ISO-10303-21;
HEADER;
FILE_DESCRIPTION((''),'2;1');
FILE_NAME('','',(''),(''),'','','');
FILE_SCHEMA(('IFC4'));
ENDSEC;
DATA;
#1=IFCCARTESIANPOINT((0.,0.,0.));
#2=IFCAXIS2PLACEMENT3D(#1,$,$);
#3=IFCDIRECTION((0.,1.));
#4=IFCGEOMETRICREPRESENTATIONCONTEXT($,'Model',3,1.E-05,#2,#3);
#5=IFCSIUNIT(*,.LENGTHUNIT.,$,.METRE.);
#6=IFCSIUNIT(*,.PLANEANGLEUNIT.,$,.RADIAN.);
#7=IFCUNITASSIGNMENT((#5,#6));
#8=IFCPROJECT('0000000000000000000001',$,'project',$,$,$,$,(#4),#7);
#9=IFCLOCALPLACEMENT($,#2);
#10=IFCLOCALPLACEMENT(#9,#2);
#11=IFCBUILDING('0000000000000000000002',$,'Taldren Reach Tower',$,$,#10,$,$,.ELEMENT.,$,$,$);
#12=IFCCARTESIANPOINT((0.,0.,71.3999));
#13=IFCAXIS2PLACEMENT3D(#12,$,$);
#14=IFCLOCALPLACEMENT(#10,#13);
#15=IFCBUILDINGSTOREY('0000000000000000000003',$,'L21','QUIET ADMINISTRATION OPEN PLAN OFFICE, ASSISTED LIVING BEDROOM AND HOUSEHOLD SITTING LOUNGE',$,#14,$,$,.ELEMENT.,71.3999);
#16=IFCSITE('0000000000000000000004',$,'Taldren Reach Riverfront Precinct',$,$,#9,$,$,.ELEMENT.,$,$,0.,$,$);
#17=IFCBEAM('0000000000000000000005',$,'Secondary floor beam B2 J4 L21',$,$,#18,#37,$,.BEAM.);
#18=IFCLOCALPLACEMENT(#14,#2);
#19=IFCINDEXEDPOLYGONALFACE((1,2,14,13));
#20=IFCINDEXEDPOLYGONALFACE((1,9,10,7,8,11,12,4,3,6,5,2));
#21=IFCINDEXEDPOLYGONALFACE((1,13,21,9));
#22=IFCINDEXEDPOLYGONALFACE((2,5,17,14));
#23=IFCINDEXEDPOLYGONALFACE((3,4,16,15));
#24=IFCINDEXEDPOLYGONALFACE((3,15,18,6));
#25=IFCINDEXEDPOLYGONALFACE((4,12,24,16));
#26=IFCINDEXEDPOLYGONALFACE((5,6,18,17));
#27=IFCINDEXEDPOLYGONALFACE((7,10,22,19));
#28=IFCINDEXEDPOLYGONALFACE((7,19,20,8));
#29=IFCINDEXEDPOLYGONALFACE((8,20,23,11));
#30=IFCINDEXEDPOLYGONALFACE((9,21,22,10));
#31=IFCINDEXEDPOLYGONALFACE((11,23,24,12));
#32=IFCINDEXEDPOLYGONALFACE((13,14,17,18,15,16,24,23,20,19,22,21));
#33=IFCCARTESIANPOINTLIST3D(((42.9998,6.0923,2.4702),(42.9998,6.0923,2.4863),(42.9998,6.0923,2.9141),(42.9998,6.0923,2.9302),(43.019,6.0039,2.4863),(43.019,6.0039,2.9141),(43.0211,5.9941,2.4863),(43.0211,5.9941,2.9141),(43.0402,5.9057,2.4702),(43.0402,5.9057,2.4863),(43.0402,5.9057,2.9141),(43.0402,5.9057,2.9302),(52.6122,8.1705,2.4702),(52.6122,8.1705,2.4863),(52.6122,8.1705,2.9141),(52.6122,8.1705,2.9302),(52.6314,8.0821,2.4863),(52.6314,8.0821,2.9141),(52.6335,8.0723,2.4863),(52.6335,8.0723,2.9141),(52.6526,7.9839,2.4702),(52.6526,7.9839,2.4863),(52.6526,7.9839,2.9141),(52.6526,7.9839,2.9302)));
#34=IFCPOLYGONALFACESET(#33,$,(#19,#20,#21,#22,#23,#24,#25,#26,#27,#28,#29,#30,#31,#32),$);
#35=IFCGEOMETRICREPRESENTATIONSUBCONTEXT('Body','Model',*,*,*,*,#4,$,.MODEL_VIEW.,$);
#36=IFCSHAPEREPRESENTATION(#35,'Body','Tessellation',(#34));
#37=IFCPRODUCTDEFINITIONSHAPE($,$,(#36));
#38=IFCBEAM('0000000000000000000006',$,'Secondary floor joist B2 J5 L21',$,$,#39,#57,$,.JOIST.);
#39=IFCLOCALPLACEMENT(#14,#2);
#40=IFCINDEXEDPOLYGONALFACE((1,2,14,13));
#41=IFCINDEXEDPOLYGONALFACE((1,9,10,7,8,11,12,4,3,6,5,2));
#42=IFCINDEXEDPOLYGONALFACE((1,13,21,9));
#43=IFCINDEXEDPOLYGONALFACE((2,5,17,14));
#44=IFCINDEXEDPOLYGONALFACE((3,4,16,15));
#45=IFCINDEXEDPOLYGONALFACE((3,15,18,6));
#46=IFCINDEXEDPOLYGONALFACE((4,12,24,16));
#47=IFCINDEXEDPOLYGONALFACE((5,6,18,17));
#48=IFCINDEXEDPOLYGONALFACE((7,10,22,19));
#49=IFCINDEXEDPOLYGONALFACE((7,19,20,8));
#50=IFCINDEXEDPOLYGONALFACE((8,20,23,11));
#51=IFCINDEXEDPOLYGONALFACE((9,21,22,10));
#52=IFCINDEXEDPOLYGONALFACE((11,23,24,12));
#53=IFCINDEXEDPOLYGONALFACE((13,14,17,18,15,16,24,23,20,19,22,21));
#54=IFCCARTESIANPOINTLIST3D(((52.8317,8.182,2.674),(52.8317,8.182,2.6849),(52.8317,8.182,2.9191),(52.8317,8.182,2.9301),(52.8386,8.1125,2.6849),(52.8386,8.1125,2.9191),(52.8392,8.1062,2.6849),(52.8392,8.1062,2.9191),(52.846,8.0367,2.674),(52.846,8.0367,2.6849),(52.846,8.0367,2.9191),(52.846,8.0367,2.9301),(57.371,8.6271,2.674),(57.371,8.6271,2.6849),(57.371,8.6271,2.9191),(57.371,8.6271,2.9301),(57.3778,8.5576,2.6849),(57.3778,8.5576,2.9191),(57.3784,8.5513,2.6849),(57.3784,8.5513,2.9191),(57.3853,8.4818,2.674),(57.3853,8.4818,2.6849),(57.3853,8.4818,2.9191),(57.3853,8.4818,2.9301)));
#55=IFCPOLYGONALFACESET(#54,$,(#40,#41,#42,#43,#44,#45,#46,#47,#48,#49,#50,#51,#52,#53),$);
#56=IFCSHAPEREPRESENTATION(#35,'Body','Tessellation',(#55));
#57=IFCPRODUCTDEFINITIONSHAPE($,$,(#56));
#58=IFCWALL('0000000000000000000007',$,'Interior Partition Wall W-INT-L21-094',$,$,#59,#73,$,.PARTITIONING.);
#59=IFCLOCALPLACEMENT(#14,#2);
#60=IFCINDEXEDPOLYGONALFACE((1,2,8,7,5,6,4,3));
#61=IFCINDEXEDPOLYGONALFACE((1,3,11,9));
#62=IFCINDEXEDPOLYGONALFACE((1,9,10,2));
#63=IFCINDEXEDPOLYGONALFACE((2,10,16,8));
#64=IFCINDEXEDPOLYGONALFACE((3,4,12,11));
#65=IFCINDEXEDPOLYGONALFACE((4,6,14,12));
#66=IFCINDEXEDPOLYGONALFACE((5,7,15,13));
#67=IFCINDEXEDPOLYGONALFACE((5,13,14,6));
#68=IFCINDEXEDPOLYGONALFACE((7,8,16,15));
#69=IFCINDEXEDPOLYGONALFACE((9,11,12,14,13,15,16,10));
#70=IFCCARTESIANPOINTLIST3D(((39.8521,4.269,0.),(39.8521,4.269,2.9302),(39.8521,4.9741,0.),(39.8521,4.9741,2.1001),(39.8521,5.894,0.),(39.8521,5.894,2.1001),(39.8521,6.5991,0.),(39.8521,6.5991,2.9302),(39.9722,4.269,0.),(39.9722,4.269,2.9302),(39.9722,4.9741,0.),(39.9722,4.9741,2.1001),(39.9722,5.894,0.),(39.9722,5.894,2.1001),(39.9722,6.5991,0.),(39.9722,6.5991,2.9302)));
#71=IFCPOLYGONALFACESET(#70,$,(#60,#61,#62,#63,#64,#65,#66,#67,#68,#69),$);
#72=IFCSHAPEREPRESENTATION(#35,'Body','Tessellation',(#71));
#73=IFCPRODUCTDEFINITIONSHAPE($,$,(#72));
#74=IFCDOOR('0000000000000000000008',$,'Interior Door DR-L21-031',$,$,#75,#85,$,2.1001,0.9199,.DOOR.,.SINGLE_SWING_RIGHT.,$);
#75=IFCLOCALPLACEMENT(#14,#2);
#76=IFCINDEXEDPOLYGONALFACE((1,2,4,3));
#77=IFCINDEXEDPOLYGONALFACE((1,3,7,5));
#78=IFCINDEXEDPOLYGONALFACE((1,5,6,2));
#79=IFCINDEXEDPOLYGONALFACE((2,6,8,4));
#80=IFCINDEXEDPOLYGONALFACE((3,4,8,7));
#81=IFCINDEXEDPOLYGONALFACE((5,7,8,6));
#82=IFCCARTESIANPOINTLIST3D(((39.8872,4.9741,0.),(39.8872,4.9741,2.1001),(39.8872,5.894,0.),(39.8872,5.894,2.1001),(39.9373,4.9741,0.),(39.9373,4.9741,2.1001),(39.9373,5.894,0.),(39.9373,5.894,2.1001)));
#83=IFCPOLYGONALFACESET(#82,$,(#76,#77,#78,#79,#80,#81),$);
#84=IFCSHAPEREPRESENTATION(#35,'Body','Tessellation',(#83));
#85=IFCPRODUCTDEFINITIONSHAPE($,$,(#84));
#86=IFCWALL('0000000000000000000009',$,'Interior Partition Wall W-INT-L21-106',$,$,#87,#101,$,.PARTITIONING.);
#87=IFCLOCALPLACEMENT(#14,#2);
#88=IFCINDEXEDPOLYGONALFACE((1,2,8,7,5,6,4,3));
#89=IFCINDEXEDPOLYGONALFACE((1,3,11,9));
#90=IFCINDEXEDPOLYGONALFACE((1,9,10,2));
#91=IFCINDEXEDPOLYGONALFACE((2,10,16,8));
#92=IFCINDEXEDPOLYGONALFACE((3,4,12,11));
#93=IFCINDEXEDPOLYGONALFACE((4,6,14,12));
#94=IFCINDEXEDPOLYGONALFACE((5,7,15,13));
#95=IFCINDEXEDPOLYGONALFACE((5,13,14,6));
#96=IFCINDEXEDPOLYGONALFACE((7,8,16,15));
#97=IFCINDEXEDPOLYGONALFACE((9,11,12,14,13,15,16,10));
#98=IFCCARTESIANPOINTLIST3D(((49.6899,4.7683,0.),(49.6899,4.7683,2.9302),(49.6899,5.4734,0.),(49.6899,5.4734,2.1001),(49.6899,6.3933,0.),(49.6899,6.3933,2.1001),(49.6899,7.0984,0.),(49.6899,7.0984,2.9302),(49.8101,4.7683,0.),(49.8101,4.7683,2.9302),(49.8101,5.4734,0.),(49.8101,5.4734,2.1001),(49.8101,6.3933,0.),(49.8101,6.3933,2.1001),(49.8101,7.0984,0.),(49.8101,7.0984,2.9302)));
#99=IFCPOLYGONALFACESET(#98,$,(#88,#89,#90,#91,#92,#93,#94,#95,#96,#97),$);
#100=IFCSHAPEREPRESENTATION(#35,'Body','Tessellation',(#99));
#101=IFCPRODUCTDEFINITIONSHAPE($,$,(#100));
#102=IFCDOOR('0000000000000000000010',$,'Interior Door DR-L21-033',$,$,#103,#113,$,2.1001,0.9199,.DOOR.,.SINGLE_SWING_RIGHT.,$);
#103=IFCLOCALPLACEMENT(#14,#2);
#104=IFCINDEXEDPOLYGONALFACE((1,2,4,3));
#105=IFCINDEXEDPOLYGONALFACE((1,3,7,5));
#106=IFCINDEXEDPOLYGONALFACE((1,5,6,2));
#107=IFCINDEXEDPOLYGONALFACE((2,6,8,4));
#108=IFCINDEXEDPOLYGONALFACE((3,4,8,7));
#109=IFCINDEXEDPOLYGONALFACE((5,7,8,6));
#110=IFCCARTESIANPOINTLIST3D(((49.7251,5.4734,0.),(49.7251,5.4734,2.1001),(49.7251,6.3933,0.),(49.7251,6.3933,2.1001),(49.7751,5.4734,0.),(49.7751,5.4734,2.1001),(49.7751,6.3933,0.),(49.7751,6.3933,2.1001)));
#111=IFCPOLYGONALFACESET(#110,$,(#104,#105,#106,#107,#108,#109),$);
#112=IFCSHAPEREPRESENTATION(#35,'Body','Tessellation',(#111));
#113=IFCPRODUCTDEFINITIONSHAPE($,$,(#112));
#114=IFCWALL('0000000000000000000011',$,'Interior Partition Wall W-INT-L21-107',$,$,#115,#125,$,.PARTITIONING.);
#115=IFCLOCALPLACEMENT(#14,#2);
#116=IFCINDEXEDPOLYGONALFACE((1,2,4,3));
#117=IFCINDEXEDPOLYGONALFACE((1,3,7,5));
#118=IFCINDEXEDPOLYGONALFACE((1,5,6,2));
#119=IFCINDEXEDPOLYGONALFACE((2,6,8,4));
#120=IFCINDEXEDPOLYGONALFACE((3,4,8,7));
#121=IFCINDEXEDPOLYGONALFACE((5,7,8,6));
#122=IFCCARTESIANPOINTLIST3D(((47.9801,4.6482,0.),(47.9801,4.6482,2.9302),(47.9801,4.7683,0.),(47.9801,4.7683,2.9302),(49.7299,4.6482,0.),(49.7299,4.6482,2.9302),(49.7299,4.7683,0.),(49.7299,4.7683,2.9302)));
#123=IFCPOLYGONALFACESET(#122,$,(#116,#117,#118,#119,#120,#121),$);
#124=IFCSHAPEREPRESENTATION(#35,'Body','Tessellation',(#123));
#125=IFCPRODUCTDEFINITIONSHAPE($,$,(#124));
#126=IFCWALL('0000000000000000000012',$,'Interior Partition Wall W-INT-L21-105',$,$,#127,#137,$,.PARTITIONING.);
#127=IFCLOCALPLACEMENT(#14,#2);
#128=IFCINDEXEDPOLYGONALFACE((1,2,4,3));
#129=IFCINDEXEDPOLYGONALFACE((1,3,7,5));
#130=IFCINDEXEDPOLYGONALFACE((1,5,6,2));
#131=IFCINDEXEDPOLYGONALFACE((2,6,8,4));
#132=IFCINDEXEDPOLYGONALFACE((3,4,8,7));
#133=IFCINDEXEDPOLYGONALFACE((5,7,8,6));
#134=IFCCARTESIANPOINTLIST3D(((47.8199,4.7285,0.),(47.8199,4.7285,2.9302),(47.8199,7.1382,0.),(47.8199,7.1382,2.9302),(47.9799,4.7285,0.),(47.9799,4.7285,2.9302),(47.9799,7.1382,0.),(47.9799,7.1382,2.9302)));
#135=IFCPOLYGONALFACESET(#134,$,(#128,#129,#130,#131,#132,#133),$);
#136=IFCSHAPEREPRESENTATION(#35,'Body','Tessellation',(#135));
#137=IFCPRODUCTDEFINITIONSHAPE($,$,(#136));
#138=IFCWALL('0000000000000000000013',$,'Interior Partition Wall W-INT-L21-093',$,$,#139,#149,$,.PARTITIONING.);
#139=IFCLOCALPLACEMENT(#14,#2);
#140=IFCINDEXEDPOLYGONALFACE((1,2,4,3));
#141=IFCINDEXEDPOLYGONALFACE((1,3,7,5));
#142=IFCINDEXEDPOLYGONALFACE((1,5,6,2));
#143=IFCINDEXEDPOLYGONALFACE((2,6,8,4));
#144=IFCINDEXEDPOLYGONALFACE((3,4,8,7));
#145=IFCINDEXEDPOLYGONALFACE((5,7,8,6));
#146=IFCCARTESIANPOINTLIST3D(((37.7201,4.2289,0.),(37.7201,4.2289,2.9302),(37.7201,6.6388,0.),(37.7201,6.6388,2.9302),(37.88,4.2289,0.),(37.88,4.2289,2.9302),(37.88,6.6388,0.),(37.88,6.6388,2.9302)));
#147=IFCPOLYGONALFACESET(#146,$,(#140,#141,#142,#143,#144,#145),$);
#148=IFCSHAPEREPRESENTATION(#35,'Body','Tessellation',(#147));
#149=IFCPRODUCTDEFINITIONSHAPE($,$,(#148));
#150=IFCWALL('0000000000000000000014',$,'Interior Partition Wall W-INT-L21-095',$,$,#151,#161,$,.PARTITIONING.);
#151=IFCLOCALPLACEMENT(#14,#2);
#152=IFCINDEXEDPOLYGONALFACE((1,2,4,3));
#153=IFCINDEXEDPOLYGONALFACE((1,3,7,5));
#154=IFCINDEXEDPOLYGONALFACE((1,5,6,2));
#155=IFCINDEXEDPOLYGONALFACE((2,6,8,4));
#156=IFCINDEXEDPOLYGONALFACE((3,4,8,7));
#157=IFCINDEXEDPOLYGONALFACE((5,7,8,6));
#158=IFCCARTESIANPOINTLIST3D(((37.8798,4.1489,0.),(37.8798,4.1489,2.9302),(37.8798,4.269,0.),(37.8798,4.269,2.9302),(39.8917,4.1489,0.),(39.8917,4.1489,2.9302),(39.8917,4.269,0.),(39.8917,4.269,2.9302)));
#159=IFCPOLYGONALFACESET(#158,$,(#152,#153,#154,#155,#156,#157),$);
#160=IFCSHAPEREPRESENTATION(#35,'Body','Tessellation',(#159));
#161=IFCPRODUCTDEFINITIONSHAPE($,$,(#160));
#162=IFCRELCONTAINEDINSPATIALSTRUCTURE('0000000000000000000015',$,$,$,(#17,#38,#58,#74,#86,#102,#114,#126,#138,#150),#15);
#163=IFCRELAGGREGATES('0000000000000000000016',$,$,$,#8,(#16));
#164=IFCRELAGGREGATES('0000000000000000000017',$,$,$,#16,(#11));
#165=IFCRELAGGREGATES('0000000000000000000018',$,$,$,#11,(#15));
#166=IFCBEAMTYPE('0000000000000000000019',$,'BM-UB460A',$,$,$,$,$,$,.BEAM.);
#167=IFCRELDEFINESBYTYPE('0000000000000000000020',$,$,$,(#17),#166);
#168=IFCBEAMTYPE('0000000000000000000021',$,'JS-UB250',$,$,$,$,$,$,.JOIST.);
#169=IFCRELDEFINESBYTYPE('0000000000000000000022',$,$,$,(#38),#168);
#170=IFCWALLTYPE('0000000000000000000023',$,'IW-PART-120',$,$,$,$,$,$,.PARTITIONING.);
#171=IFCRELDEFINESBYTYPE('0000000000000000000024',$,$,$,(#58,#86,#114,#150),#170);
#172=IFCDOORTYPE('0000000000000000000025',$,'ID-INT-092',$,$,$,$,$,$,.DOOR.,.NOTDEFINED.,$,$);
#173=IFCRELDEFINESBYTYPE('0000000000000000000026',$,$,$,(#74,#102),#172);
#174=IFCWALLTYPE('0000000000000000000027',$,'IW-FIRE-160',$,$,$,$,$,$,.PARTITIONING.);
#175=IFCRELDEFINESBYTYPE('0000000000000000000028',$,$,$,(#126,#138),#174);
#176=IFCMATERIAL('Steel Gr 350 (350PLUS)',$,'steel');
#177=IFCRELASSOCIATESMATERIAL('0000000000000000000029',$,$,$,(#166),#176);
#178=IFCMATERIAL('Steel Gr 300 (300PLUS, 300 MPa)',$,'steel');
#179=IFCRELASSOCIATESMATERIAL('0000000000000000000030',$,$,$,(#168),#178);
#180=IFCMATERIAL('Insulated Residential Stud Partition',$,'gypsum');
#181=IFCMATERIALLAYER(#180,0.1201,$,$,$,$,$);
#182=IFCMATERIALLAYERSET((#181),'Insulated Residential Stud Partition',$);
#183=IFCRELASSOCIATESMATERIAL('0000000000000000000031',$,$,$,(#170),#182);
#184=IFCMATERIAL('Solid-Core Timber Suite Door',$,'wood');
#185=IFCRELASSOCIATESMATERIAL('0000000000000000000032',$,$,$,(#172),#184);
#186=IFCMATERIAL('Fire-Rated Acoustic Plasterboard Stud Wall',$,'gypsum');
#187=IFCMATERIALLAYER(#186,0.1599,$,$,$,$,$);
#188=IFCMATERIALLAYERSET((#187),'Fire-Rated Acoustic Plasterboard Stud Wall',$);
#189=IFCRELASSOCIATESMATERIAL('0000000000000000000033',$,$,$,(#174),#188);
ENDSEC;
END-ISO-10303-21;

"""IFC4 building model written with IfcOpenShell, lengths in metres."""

from ifc_helpers import new_model, si_unit, direction, frame, frame_2d, origin, origin_2d, place, context, subcontext, project, spatial, rectangle, i_section, extrude, source, transform, mapped, material, layer, layer_set, material_profile, profile_set, type_object, element, fill, save


model = new_model("IFC4")

# Units and contexts
model_context = context("Model", 3, precision=1e-05, world=origin(), true_north=direction((0.0, 1.0)))
body_context = subcontext(model_context, "Body", "Model", "MODEL_VIEW")
ifc_project = project(units=[si_unit("LENGTHUNIT", "METRE"), si_unit("PLANEANGLEUNIT", "RADIAN")], contexts=[model_context])

# Site, building, storey
site_placement = place(None, origin())
site = spatial("IfcSite", under=ifc_project, at=site_placement, Name="Taldren Reach Riverfront Precinct", CompositionType="ELEMENT", RefElevation=0.0)
building_placement = place(site_placement, origin())
building = spatial("IfcBuilding", under=site, at=building_placement, Name="Taldren Reach Tower", CompositionType="ELEMENT")
storey_placement = place(building_placement, frame((0.0, 0.0, 71.3999)))
storey = spatial("IfcBuildingStorey", under=building, at=storey_placement, Name="L21", Description="QUIET ADMINISTRATION OPEN PLAN OFFICE, ASSISTED LIVING BEDROOM AND HOUSEHOLD SITTING LOUNGE", CompositionType="ELEMENT", Elevation=71.3999)

# Beams
ifc_material_1 = material(Name="Steel Gr 350 (350PLUS)", Category="steel")
ifc_material_profile_1 = material_profile(ifc_material_1, i_section(OverallWidth=0.1909, OverallDepth=0.46, WebThickness=0.01, FlangeThickness=0.0161, at=origin_2d()), Name="460UB82.1")
ifc_profile_set_1 = profile_set([ifc_material_profile_1], Name="Steel Gr 350 (350PLUS)")
beam_type_1 = type_object("IfcBeamType", Name="BM-UB460A", PredefinedType="BEAM", material=ifc_profile_set_1)
shared_shape_1 = source(origin(), body_context, "Body", "SweptSolid", [
    extrude(i_section(OverallWidth=0.1909, OverallDepth=0.46, WebThickness=0.01, FlangeThickness=0.0161, at=origin_2d()), origin(), (0.0, 0.0, 1.0), 9.8345),
])
beam_1_placement = place(storey_placement, frame((43.02, 5.999, 2.7002), z_axis=(0.977419, 0.211312, 0.0), x_axis=(-0.211312, 0.977419, 0.0)))
element("IfcBeam", 1, at=beam_1_placement, inside=storey, type_object=beam_type_1, Name="Secondary floor beam B2 J4 L21", PredefinedType="BEAM", context=body_context, shape_type="MappedRepresentation", body=[
    mapped(shared_shape_1, transform((0.0, 0.0, 0.0), scale=1.0)),
])
ifc_material_2 = material(Name="Steel Gr 300 (300PLUS, 300 MPa)", Category="steel")
ifc_material_profile_2 = material_profile(ifc_material_2, i_section(OverallWidth=0.146, OverallDepth=0.2561, WebThickness=0.0063, FlangeThickness=0.011, at=origin_2d()), Name="250UB37.3")
ifc_profile_set_2 = profile_set([ifc_material_profile_2], Name="Steel Gr 300 (300PLUS, 300 MPa)")
beam_type_2 = type_object("IfcBeamType", Name="JS-UB250", PredefinedType="JOIST", material=ifc_profile_set_2)
shared_shape_2 = source(origin(), body_context, "Body", "SweptSolid", [
    extrude(i_section(OverallWidth=0.146, OverallDepth=0.2561, WebThickness=0.0063, FlangeThickness=0.011, at=origin_2d()), origin(), (0.0, 0.0, 1.0), 4.561),
])
beam_2_placement = place(storey_placement, frame((52.8389, 8.1094, 2.802), z_axis=(0.995228, 0.09758, 0.0), x_axis=(-0.09758, 0.995228, 0.0)))
element("IfcBeam", 2, at=beam_2_placement, inside=storey, type_object=beam_type_2, Name="Secondary floor joist B2 J5 L21", PredefinedType="JOIST", context=body_context, shape_type="MappedRepresentation", body=[
    mapped(shared_shape_2, transform((0.0, 0.0, 0.0), scale=1.0)),
])

# Walls, openings, doors
ifc_material_3 = material(Name="Insulated Residential Stud Partition", Category="gypsum")
ifc_layer_1 = layer(ifc_material_3, 0.1201)
ifc_layer_set_1 = layer_set([ifc_layer_1], Name="Insulated Residential Stud Partition")
wall_type_1 = type_object("IfcWallType", Name="IW-PART-120", PredefinedType="PARTITIONING", material=ifc_layer_set_1)
shared_shape_3 = source(origin(), body_context, "Body", "SweptSolid", [
    extrude(rectangle(XDim=2.3301, YDim=0.1201, at=frame_2d((1.165, 0.0))), origin(), (0.0, 0.0, 1.0), 2.9302),
])
wall_1_placement = place(storey_placement, frame((39.9121, 4.269, 0.0), z_axis=(0.0, 0.0, 1.0), x_axis=(0.0, 1.0, 0.0)))
wall_1 = element("IfcWall", 3, at=wall_1_placement, inside=storey, type_object=wall_type_1, Name="Interior Partition Wall W-INT-L21-094", PredefinedType="PARTITIONING", context=body_context, shape_type="MappedRepresentation", body=[
    mapped(shared_shape_3, transform((0.0, 0.0, 0.0), scale=1.0)),
])
shared_shape_4 = source(origin(), body_context, "Body", "SweptSolid", [
    extrude(rectangle(XDim=0.9199, YDim=2.1001, at=frame_2d((0.46, 1.05))), frame((0.0, 0.0701, 0.0), z_axis=(0.0, -1.0, 0.0), x_axis=(1.0, 0.0, 0.0)), (0.0, 0.0, 1.0), 0.1401),
])
opening_1_placement = place(wall_1_placement, frame((0.7051, 0.0, 0.0)))
opening_1 = element("IfcOpeningElement", 4, at=opening_1_placement, cuts=wall_1, PredefinedType="OPENING", context=body_context, shape_type="MappedRepresentation", body=[
    mapped(shared_shape_4, transform((0.0, 0.0, 0.0), scale=1.0)),
])
ifc_material_4 = material(Name="Solid-Core Timber Suite Door", Category="wood")
door_type = type_object("IfcDoorType", Name="ID-INT-092", OperationType="NOTDEFINED", PredefinedType="DOOR", material=ifc_material_4)
shared_shape_5 = source(origin(), body_context, "Body", "SweptSolid", [
    extrude(rectangle(XDim=0.9199, YDim=2.1001, at=frame_2d((0.46, 1.05))), frame((0.0, 0.0249, 0.0), z_axis=(0.0, -1.0, 0.0), x_axis=(1.0, 0.0, 0.0)), (0.0, 0.0, 1.0), 0.05),
])
door_1_placement = place(opening_1_placement, origin())
door_1 = element("IfcDoor", 5, at=door_1_placement, inside=storey, type_object=door_type, Name="Interior Door DR-L21-031", OperationType="SINGLE_SWING_RIGHT", OverallHeight=2.1001, OverallWidth=0.9199, PredefinedType="DOOR", context=body_context, shape_type="MappedRepresentation", body=[
    mapped(shared_shape_5, transform((0.0, 0.0, 0.0), scale=1.0)),
])
fill(opening_1, door_1)
wall_2_placement = place(storey_placement, frame((49.75, 4.7683, 0.0), z_axis=(0.0, 0.0, 1.0), x_axis=(0.0, 1.0, 0.0)))
wall_2 = element("IfcWall", 6, at=wall_2_placement, inside=storey, type_object=wall_type_1, Name="Interior Partition Wall W-INT-L21-106", PredefinedType="PARTITIONING", context=body_context, shape_type="MappedRepresentation", body=[
    mapped(shared_shape_3, transform((0.0, 0.0, 0.0), scale=1.0)),
])
opening_2_placement = place(wall_2_placement, frame((0.7051, 0.0, 0.0)))
opening_2 = element("IfcOpeningElement", 7, at=opening_2_placement, cuts=wall_2, PredefinedType="OPENING", context=body_context, shape_type="MappedRepresentation", body=[
    mapped(shared_shape_4, transform((0.0, 0.0, 0.0), scale=1.0)),
])
door_2_placement = place(opening_2_placement, origin())
door_2 = element("IfcDoor", 8, at=door_2_placement, inside=storey, type_object=door_type, Name="Interior Door DR-L21-033", OperationType="SINGLE_SWING_RIGHT", OverallHeight=2.1001, OverallWidth=0.9199, PredefinedType="DOOR", context=body_context, shape_type="MappedRepresentation", body=[
    mapped(shared_shape_5, transform((0.0, 0.0, 0.0), scale=1.0)),
])
fill(opening_2, door_2)

# Walls
shared_shape_6 = source(origin(), body_context, "Body", "SweptSolid", [
    extrude(rectangle(XDim=1.7498, YDim=0.1201, at=frame_2d((0.875, 0.0))), origin(), (0.0, 0.0, 1.0), 2.9302),
])
wall_3_placement = place(storey_placement, frame((47.98, 4.7083, 0.0), z_axis=(0.0, 0.0, 1.0), x_axis=(1.0, 0.0, 0.0)))
element("IfcWall", 9, at=wall_3_placement, inside=storey, type_object=wall_type_1, Name="Interior Partition Wall W-INT-L21-107", PredefinedType="PARTITIONING", context=body_context, shape_type="MappedRepresentation", body=[
    mapped(shared_shape_6, transform((0.0, 0.0, 0.0), scale=1.0)),
])
ifc_material_5 = material(Name="Fire-Rated Acoustic Plasterboard Stud Wall", Category="gypsum")
ifc_layer_2 = layer(ifc_material_5, 0.1599)
ifc_layer_set_2 = layer_set([ifc_layer_2], Name="Fire-Rated Acoustic Plasterboard Stud Wall")
wall_type_2 = type_object("IfcWallType", Name="IW-FIRE-160", PredefinedType="PARTITIONING", material=ifc_layer_set_2)
shared_shape_7 = source(origin(), body_context, "Body", "SweptSolid", [
    extrude(rectangle(XDim=2.4097, YDim=0.1599, at=frame_2d((1.2048, 0.0))), origin(), (0.0, 0.0, 1.0), 2.9302),
])
wall_4_placement = place(storey_placement, frame((47.8999, 7.1382, 0.0), z_axis=(0.0, 0.0, 1.0), x_axis=(0.0, -1.0, 0.0)))
element("IfcWall", 10, at=wall_4_placement, inside=storey, type_object=wall_type_2, Name="Interior Partition Wall W-INT-L21-105", PredefinedType="PARTITIONING", context=body_context, shape_type="MappedRepresentation", body=[
    mapped(shared_shape_7, transform((0.0, 0.0, 0.0), scale=1.0)),
])
shared_shape_8 = source(origin(), body_context, "Body", "SweptSolid", [
    extrude(rectangle(XDim=2.4099, YDim=0.1599, at=frame_2d((1.2051, 0.0))), origin(), (0.0, 0.0, 1.0), 2.9302),
])
wall_5_placement = place(storey_placement, frame((37.8, 6.6389, 0.0), z_axis=(0.0, 0.0, 1.0), x_axis=(0.0, -1.0, 0.0)))
element("IfcWall", 11, at=wall_5_placement, inside=storey, type_object=wall_type_2, Name="Interior Partition Wall W-INT-L21-093", PredefinedType="PARTITIONING", context=body_context, shape_type="MappedRepresentation", body=[
    mapped(shared_shape_8, transform((0.0, 0.0, 0.0), scale=1.0)),
])
shared_shape_9 = source(origin(), body_context, "Body", "SweptSolid", [
    extrude(rectangle(XDim=2.012, YDim=0.1201, at=frame_2d((1.0059, 0.0))), origin(), (0.0, 0.0, 1.0), 2.9302),
])
for number, where, z_axis, x_axis, name in (
    (12, (37.8799, 4.209, 0.0), (0.0, 0.0, 1.0), (1.0, 0.0, 0.0), "Interior Partition Wall W-INT-L21-095"),
):
    element("IfcWall", number, at=place(storey_placement, frame(where, z_axis=z_axis, x_axis=x_axis)), inside=storey, type_object=wall_type_1, Name=name, PredefinedType="PARTITIONING", context=body_context, shape_type="MappedRepresentation", body=[
        mapped(shared_shape_9, transform((0.0, 0.0, 0.0), scale=1.0)),
    ])

save(model, "model.ifc")
